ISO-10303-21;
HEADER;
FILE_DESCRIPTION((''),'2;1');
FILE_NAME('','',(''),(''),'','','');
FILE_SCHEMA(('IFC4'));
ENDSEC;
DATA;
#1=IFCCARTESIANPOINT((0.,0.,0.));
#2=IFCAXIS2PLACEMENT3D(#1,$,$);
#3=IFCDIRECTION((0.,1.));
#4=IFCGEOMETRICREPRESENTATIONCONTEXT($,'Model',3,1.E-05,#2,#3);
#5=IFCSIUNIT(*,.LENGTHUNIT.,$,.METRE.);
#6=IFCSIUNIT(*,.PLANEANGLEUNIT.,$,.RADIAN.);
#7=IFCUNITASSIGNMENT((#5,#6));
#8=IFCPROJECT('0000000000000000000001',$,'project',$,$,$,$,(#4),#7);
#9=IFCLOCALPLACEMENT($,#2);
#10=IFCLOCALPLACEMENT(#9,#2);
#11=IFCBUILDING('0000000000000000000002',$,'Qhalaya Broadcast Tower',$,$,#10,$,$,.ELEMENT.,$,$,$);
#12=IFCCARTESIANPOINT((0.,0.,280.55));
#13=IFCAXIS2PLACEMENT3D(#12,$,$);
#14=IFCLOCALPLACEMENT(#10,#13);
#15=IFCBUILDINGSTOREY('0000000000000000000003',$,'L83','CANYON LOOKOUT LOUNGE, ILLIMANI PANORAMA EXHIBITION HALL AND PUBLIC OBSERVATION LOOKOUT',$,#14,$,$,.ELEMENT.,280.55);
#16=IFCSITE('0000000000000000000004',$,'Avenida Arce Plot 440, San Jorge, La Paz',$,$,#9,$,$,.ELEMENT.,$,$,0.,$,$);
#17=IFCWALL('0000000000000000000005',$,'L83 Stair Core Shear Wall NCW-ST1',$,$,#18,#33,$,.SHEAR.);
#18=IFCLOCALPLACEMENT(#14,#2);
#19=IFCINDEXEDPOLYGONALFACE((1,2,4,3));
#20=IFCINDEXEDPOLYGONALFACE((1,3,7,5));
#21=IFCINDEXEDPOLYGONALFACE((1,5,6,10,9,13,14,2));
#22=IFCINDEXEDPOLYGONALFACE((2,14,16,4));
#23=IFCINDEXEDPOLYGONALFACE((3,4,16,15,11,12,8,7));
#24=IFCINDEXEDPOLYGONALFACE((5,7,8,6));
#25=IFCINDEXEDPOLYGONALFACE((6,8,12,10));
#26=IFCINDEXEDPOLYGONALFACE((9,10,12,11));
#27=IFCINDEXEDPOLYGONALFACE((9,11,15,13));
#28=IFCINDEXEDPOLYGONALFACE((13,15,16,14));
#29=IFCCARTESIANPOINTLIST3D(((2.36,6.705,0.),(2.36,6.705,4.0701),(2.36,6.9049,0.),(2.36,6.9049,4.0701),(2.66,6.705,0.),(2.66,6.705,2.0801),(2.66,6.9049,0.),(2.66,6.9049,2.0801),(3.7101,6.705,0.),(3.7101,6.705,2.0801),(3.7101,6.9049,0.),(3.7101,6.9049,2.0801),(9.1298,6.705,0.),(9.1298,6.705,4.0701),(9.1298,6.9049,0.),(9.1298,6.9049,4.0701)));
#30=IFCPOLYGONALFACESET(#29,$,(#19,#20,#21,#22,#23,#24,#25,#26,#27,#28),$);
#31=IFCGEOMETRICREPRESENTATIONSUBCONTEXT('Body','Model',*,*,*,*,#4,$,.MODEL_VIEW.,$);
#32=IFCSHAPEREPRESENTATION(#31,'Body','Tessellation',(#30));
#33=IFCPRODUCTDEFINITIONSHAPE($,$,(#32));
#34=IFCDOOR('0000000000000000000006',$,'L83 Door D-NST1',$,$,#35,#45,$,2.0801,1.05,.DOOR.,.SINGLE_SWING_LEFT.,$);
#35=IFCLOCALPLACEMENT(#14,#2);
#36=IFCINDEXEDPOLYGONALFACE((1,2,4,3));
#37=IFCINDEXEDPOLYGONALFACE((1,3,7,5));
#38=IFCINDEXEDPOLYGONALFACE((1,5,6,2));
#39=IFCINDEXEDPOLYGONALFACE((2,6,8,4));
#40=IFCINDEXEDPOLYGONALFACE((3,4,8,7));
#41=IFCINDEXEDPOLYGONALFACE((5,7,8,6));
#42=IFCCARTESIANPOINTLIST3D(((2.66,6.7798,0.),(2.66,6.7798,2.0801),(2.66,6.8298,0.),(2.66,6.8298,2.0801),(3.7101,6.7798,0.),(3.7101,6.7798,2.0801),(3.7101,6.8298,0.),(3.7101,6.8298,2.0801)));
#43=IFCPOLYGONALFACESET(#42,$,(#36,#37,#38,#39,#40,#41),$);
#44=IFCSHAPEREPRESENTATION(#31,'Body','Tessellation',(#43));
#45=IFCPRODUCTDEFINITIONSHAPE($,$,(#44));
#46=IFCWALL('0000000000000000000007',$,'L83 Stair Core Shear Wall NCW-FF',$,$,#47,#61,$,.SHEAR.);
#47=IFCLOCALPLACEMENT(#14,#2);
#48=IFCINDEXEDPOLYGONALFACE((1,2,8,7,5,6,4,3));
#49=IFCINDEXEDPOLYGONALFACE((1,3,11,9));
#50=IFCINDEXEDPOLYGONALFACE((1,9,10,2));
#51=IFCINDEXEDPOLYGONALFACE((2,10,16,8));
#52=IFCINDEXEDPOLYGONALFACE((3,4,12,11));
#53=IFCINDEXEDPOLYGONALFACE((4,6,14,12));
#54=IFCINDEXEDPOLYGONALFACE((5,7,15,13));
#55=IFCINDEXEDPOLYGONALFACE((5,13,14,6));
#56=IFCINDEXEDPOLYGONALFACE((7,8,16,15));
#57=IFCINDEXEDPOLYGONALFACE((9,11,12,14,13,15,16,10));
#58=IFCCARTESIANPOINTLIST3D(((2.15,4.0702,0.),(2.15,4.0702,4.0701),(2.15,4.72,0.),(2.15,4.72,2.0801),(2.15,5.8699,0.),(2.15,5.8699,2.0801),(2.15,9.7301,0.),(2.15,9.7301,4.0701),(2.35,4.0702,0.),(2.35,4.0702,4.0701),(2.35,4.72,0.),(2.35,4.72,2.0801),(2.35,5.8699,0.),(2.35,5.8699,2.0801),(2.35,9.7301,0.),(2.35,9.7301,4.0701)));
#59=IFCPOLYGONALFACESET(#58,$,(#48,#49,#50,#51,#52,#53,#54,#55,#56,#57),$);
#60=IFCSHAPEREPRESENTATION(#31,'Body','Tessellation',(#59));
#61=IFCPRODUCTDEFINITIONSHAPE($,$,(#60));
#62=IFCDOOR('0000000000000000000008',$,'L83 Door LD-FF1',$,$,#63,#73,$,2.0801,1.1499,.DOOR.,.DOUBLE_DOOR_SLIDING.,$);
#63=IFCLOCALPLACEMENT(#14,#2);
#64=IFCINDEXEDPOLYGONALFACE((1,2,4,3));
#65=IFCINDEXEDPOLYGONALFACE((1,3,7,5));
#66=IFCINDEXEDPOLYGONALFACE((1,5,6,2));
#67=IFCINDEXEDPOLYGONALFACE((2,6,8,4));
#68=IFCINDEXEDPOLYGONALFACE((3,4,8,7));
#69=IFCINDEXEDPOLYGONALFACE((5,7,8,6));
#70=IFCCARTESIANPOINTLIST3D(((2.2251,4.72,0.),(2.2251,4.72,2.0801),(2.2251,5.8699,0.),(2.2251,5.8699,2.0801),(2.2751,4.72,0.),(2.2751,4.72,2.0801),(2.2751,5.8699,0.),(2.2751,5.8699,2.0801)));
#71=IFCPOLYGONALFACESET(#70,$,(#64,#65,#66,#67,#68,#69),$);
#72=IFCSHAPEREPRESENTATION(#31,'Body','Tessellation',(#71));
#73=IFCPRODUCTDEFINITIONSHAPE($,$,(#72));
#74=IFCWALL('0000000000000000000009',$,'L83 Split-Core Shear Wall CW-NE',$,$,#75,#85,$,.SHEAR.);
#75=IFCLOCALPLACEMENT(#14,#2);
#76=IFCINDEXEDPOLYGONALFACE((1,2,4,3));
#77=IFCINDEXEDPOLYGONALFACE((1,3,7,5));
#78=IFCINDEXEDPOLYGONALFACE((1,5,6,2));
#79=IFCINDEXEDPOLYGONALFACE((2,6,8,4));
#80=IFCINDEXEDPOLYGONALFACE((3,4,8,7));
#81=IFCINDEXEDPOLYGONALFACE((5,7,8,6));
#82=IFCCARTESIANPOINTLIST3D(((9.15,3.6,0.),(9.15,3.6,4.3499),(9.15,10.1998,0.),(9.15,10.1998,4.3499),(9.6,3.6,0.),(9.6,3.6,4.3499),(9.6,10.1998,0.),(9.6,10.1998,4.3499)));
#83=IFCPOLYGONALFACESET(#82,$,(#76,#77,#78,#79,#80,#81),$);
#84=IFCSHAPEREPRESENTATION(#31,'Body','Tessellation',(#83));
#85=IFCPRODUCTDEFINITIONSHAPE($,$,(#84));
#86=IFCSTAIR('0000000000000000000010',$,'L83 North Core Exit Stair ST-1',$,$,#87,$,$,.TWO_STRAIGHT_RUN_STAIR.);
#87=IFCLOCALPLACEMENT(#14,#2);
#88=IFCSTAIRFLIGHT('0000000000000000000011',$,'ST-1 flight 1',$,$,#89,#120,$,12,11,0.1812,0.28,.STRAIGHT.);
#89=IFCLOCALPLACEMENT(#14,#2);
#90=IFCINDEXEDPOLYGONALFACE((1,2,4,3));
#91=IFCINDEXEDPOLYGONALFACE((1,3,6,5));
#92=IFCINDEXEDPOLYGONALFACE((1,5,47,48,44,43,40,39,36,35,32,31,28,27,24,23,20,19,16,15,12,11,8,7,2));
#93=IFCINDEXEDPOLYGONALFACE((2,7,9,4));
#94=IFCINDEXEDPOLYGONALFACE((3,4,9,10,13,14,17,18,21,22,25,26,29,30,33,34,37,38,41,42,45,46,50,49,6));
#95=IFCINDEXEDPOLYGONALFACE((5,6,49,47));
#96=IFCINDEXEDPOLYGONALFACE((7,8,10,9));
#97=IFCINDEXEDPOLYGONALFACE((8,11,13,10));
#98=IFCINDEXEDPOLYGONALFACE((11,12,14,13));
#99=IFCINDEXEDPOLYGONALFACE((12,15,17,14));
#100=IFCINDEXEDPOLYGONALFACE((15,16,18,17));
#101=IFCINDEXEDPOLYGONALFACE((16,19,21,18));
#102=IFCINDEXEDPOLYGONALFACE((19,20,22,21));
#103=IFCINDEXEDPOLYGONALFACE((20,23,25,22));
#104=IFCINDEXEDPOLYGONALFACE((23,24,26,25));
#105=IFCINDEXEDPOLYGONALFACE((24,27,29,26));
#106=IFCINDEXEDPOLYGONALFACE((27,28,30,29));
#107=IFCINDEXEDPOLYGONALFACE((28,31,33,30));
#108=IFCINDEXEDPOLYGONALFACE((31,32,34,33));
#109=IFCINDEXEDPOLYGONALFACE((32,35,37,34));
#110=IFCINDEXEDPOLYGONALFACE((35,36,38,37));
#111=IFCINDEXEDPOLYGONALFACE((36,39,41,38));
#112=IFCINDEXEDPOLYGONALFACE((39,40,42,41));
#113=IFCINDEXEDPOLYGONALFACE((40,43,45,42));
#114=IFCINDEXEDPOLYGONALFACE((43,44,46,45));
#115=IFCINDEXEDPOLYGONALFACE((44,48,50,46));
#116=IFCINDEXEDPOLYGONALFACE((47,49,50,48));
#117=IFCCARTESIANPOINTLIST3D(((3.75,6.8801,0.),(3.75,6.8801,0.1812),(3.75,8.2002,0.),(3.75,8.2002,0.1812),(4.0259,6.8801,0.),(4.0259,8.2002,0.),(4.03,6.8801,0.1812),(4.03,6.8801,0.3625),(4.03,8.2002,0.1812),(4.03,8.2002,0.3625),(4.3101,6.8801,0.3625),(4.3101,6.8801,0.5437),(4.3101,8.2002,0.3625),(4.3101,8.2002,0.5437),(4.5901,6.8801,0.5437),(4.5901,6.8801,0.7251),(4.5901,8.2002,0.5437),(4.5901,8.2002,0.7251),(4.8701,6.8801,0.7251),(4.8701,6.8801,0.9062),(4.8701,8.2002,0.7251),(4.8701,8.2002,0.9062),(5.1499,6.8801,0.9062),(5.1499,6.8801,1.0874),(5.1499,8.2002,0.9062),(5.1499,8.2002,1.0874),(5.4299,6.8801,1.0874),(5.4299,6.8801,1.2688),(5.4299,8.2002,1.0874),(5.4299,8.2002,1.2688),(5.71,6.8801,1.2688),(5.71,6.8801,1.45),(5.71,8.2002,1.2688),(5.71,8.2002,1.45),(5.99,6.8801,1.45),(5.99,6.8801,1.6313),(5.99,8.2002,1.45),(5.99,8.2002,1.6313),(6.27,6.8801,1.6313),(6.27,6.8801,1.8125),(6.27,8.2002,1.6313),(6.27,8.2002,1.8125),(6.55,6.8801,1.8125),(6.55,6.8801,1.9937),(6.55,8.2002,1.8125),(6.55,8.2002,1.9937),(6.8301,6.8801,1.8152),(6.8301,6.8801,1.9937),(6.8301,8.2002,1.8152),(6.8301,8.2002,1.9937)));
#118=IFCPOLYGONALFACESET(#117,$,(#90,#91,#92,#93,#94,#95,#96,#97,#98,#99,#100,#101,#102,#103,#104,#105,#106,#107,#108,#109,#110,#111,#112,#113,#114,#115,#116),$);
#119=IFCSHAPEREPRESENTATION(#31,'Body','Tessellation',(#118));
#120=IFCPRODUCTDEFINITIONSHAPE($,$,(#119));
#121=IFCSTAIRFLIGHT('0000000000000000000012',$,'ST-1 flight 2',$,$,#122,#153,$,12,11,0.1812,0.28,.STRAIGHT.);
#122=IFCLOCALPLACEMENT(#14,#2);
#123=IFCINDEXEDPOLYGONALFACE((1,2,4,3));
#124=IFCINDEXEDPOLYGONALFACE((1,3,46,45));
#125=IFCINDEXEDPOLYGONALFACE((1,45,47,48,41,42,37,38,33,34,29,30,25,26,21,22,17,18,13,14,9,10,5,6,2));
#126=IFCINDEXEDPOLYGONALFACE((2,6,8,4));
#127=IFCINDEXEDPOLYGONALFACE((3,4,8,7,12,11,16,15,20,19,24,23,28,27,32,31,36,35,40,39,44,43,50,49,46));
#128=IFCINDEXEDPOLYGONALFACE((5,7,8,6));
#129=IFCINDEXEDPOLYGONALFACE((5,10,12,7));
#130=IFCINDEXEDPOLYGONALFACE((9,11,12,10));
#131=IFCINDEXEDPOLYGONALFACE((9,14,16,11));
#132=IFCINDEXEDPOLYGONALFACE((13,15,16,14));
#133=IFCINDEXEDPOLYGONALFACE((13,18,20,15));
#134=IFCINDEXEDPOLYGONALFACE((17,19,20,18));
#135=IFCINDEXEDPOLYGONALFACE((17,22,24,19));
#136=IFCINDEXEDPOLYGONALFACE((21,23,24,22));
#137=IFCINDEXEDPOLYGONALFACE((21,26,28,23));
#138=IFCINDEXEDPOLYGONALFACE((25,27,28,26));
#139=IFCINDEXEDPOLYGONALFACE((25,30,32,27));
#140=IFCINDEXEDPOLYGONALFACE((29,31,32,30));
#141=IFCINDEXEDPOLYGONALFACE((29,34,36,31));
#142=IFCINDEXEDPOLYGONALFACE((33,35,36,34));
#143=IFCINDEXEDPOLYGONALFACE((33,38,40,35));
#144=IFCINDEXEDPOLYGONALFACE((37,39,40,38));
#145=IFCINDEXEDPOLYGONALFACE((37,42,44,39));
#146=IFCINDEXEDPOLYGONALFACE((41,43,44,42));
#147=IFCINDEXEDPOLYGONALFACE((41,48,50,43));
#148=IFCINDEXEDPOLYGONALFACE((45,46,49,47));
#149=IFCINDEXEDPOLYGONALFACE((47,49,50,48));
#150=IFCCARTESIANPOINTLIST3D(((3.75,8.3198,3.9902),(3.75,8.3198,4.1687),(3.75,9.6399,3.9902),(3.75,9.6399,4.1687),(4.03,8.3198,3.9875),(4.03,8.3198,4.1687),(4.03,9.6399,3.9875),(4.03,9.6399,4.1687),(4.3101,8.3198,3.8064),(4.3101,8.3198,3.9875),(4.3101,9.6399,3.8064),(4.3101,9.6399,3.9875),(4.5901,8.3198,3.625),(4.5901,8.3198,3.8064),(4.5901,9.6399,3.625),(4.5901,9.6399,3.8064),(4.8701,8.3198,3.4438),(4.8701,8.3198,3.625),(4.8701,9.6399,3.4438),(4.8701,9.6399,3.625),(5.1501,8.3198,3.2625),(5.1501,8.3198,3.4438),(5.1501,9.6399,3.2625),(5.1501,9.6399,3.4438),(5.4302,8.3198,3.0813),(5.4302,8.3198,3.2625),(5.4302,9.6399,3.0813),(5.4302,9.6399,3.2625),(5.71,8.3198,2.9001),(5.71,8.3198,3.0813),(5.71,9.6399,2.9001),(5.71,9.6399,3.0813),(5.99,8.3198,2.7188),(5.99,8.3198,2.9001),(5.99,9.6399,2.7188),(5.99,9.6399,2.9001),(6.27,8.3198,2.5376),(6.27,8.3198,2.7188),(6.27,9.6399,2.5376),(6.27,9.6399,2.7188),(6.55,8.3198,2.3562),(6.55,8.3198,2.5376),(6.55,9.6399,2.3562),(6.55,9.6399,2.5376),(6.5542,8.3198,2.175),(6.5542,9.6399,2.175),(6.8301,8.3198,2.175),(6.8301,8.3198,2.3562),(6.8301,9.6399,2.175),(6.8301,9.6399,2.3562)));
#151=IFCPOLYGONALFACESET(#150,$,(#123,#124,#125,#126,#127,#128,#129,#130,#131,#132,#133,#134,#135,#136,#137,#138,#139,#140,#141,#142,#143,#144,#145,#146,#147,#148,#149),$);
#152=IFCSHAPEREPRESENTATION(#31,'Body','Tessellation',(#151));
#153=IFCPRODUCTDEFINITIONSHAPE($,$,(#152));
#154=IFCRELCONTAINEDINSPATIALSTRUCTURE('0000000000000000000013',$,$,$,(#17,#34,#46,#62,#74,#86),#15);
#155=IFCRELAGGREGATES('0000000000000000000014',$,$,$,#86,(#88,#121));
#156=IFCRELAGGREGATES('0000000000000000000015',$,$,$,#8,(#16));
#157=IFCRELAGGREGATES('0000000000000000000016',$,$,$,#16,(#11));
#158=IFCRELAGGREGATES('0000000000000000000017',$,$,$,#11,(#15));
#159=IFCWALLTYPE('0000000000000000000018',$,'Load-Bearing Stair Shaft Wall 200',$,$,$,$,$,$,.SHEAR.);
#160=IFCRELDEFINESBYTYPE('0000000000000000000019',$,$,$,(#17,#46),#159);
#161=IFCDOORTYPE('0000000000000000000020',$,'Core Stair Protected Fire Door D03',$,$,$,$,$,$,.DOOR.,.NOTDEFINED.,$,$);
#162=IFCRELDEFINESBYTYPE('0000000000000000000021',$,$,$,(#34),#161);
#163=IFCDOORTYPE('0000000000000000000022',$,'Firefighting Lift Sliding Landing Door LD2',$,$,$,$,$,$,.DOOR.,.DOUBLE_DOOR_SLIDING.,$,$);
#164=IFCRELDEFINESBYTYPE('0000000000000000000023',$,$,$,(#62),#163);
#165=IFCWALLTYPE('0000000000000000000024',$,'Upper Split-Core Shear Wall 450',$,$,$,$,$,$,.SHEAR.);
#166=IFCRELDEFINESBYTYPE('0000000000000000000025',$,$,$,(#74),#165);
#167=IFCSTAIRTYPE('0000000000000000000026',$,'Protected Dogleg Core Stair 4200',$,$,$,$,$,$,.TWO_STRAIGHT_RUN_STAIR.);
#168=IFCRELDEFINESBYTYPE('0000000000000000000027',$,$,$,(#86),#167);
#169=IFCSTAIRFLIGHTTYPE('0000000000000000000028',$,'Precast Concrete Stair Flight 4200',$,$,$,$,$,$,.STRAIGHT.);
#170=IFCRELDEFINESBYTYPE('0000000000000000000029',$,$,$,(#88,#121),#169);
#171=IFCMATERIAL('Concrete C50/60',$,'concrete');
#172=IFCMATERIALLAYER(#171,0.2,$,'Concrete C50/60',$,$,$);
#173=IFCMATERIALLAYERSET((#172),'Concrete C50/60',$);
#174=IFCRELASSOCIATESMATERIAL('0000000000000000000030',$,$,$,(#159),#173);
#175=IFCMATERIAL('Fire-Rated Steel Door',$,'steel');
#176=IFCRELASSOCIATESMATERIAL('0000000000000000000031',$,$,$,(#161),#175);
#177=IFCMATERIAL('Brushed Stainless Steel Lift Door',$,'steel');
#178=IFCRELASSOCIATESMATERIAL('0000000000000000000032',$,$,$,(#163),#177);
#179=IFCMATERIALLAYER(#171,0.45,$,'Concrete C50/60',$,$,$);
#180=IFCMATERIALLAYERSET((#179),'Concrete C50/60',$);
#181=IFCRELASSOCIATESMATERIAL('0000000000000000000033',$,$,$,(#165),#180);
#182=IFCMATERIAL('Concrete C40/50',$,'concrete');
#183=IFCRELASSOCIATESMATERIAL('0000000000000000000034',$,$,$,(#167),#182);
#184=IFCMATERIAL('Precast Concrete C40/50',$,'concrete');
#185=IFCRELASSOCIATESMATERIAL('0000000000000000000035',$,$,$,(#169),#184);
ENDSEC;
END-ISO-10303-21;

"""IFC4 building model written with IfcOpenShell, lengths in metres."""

from ifc_helpers import new_model, si_unit, direction, frame, frame_2d, origin, place, context, subcontext, project, spatial, polyline, rectangle, outline, extrude, material, layer, layer_set, type_object, element, fill, aggregate, save


model = new_model("IFC4")

# Units and contexts
model_context = context("Model", 3, precision=1e-05, world=origin(), true_north=direction((0.0, 1.0)))
body_context = subcontext(model_context, "Body", "Model", "MODEL_VIEW")
ifc_project = project(units=[si_unit("LENGTHUNIT", "METRE"), si_unit("PLANEANGLEUNIT", "RADIAN")], contexts=[model_context])

# Site, building, storey
site_placement = place(None, origin())
site = spatial("IfcSite", under=ifc_project, at=site_placement, Name="Avenida Arce Plot 440, San Jorge, La Paz", CompositionType="ELEMENT", RefElevation=0.0)
building_placement = place(site_placement, origin())
building = spatial("IfcBuilding", under=site, at=building_placement, Name="Qhalaya Broadcast Tower", CompositionType="ELEMENT")
storey_placement = place(building_placement, frame((0.0, 0.0, 280.55)))
storey = spatial("IfcBuildingStorey", under=building, at=storey_placement, Name="L83", Description="CANYON LOOKOUT LOUNGE, ILLIMANI PANORAMA EXHIBITION HALL AND PUBLIC OBSERVATION LOOKOUT", CompositionType="ELEMENT", Elevation=280.55)

# Shared definitions
ifc_material_1 = material(Name="Concrete C50/60", Category="concrete")

# Walls, openings, doors
ifc_layer_1 = layer(ifc_material_1, 0.2, Name="Concrete C50/60")
ifc_layer_set_1 = layer_set([ifc_layer_1], Name="Concrete C50/60")
wall_type_1 = type_object("IfcWallType", Name="Load-Bearing Stair Shaft Wall 200", PredefinedType="SHEAR", material=ifc_layer_set_1)
wall_1_placement = place(storey_placement, frame((2.3601, 6.8049, 0.0), z_axis=(0.0, 0.0, 1.0), x_axis=(1.0, 0.0, 0.0)))
wall_1 = element("IfcWall", 1, at=wall_1_placement, inside=storey, type_object=wall_type_1, Name="L83 Stair Core Shear Wall NCW-ST1", PredefinedType="SHEAR", context=body_context, shape_type="SweptSolid", body=[
    extrude(rectangle(XDim=6.7698, YDim=0.2, at=frame_2d((3.3848, 0.0))), origin(), (0.0, 0.0, 1.0), 4.0701),
])
opening_1_placement = place(wall_1_placement, frame((0.3, 0.0, 0.0)))
opening_1 = element("IfcOpeningElement", 2, at=opening_1_placement, cuts=wall_1, PredefinedType="OPENING", context=body_context, shape_type="SweptSolid", body=[
    extrude(rectangle(XDim=1.05, YDim=2.0801, at=frame_2d((0.5249, 1.04))), frame((0.0, 0.1121, 0.0), z_axis=(0.0, -1.0, 0.0), x_axis=(1.0, 0.0, 0.0)), (0.0, 0.0, 1.0), 0.2239),
])
ifc_material_2 = material(Name="Fire-Rated Steel Door", Category="steel")
door_type_1 = type_object("IfcDoorType", Name="Core Stair Protected Fire Door D03", OperationType="NOTDEFINED", PredefinedType="DOOR", material=ifc_material_2)
door_1_placement = place(opening_1_placement, origin())
door_1 = element("IfcDoor", 3, at=door_1_placement, inside=storey, type_object=door_type_1, Name="L83 Door D-NST1", OperationType="SINGLE_SWING_LEFT", OverallHeight=2.0801, OverallWidth=1.05, PredefinedType="DOOR", context=body_context, shape_type="SweptSolid", body=[
    extrude(rectangle(XDim=1.05, YDim=2.0801, at=frame_2d((0.5249, 1.04))), frame((0.0, 0.0249, 0.0), z_axis=(0.0, -1.0, 0.0), x_axis=(1.0, 0.0, 0.0)), (0.0, 0.0, 1.0), 0.05),
])
fill(opening_1, door_1)
wall_2_placement = place(storey_placement, frame((2.25, 4.0701, 0.0), z_axis=(0.0, 0.0, 1.0), x_axis=(0.0, 1.0, 0.0)))
wall_2 = element("IfcWall", 4, at=wall_2_placement, inside=storey, type_object=wall_type_1, Name="L83 Stair Core Shear Wall NCW-FF", PredefinedType="SHEAR", context=body_context, shape_type="SweptSolid", body=[
    extrude(rectangle(XDim=5.6599, YDim=0.2, at=frame_2d((2.8301, 0.0))), origin(), (0.0, 0.0, 1.0), 4.0701),
])
opening_2_placement = place(wall_2_placement, frame((0.6499, 0.0, 0.0)))
opening_2 = element("IfcOpeningElement", 5, at=opening_2_placement, cuts=wall_2, PredefinedType="OPENING", context=body_context, shape_type="SweptSolid", body=[
    extrude(rectangle(XDim=1.1499, YDim=2.0801, at=frame_2d((0.575, 1.04))), frame((0.0, 0.1121, 0.0), z_axis=(0.0, -1.0, 0.0), x_axis=(1.0, 0.0, 0.0)), (0.0, 0.0, 1.0), 0.2239),
])
ifc_material_3 = material(Name="Brushed Stainless Steel Lift Door", Category="steel")
door_type_2 = type_object("IfcDoorType", Name="Firefighting Lift Sliding Landing Door LD2", OperationType="DOUBLE_DOOR_SLIDING", PredefinedType="DOOR", material=ifc_material_3)
door_2_placement = place(opening_2_placement, origin())
door_2 = element("IfcDoor", 6, at=door_2_placement, inside=storey, type_object=door_type_2, Name="L83 Door LD-FF1", OperationType="DOUBLE_DOOR_SLIDING", OverallHeight=2.0801, OverallWidth=1.1499, PredefinedType="DOOR", context=body_context, shape_type="SweptSolid", body=[
    extrude(rectangle(XDim=1.1499, YDim=2.0801, at=frame_2d((0.575, 1.04))), frame((0.0, 0.0249, 0.0), z_axis=(0.0, -1.0, 0.0), x_axis=(1.0, 0.0, 0.0)), (0.0, 0.0, 1.0), 0.05),
])
fill(opening_2, door_2)

# Wall
ifc_layer_2 = layer(ifc_material_1, 0.45, Name="Concrete C50/60")
ifc_layer_set_2 = layer_set([ifc_layer_2], Name="Concrete C50/60")
wall_type_2 = type_object("IfcWallType", Name="Upper Split-Core Shear Wall 450", PredefinedType="SHEAR", material=ifc_layer_set_2)
wall_3_placement = place(storey_placement, frame((9.375, 3.6001, 0.0), z_axis=(0.0, 0.0, 1.0), x_axis=(0.0, 1.0, 0.0)))
element("IfcWall", 7, at=wall_3_placement, inside=storey, type_object=wall_type_2, Name="L83 Split-Core Shear Wall CW-NE", PredefinedType="SHEAR", context=body_context, shape_type="SweptSolid", body=[
    extrude(rectangle(XDim=6.5999, YDim=0.45, at=frame_2d((3.2998, 0.0))), origin(), (0.0, 0.0, 1.0), 4.3499),
])

# Stair, stair flights
ifc_material_4 = material(Name="Concrete C40/50", Category="concrete")
stair_type = type_object("IfcStairType", Name="Protected Dogleg Core Stair 4200", PredefinedType="TWO_STRAIGHT_RUN_STAIR", material=ifc_material_4)
stair_placement = place(storey_placement, origin())
stair = element("IfcStair", 8, at=stair_placement, inside=storey, type_object=stair_type, Name="L83 North Core Exit Stair ST-1", PredefinedType="TWO_STRAIGHT_RUN_STAIR")
ifc_material_5 = material(Name="Precast Concrete C40/50", Category="concrete")
stair_flight_type = type_object("IfcStairFlightType", Name="Precast Concrete Stair Flight 4200", PredefinedType="STRAIGHT", material=ifc_material_5)
stair_flight_1_placement = place(storey_placement, frame((3.75, 7.54, 0.0), z_axis=(0.0, 0.0, 1.0), x_axis=(1.0, 0.0, 0.0)))
stair_flight_1 = element("IfcStairFlight", 9, at=stair_flight_1_placement, type_object=stair_flight_type, Name="ST-1 flight 1", NumberOfRisers=12, NumberOfTreads=11, PredefinedType="STRAIGHT", RiserHeight=0.1812, TreadLength=0.28, context=body_context, shape_type="SweptSolid", body=[
    extrude(outline(polyline([(0.0, 0.0), (0.0, 0.1812), (0.28, 0.1812), (0.28, 0.3625), (0.5601, 0.3625), (0.5601, 0.5437), (0.8401, 0.5437), (0.8401, 0.7251), (1.1201, 0.7251), (1.1201, 0.9062), (1.3999, 0.9062), (1.3999, 1.0874), (1.6799, 1.0874), (1.6799, 1.2688), (1.96, 1.2688), (1.96, 1.45), (2.24, 1.45), (2.24, 1.6313), (2.52, 1.6313), (2.52, 1.8125), (2.8, 1.8125), (2.8, 1.9937), (3.0801, 1.9937), (3.0801, 2.175), (3.0801, 1.8152), (0.2759, 0.0), (0.0, 0.0)])), frame((0.0, 0.6602, 0.0), z_axis=(0.0, -1.0, 0.0), x_axis=(1.0, 0.0, 0.0)), (0.0, 0.0, 1.0), 1.3201),
])
stair_flight_2_placement = place(storey_placement, frame((6.8301, 8.98, 2.175), z_axis=(0.0, 0.0, 1.0), x_axis=(-1.0, 0.0, 0.0)))
stair_flight_2 = element("IfcStairFlight", 10, at=stair_flight_2_placement, type_object=stair_flight_type, Name="ST-1 flight 2", NumberOfRisers=12, NumberOfTreads=11, PredefinedType="STRAIGHT", RiserHeight=0.1812, TreadLength=0.28, context=body_context, shape_type="SweptSolid", body=[
    extrude(outline(polyline([(0.0, 0.0), (0.0, 0.1812), (0.28, 0.1812), (0.28, 0.3625), (0.5601, 0.3625), (0.5601, 0.5437), (0.8401, 0.5437), (0.8401, 0.7251), (1.1201, 0.7251), (1.1201, 0.9062), (1.3999, 0.9062), (1.3999, 1.0874), (1.6799, 1.0874), (1.6799, 1.2688), (1.96, 1.2688), (1.96, 1.45), (2.24, 1.45), (2.24, 1.6313), (2.52, 1.6313), (2.52, 1.8125), (2.8, 1.8125), (2.8, 1.9937), (3.0801, 1.9937), (3.0801, 2.175), (3.0801, 1.8152), (0.2759, 0.0), (0.0, 0.0)])), frame((0.0, 0.6602, 0.0), z_axis=(0.0, -1.0, 0.0), x_axis=(1.0, 0.0, 0.0)), (0.0, 0.0, 1.0), 1.3201),
])
aggregate(stair, [stair_flight_1, stair_flight_2])

save(model, "model.ifc")
